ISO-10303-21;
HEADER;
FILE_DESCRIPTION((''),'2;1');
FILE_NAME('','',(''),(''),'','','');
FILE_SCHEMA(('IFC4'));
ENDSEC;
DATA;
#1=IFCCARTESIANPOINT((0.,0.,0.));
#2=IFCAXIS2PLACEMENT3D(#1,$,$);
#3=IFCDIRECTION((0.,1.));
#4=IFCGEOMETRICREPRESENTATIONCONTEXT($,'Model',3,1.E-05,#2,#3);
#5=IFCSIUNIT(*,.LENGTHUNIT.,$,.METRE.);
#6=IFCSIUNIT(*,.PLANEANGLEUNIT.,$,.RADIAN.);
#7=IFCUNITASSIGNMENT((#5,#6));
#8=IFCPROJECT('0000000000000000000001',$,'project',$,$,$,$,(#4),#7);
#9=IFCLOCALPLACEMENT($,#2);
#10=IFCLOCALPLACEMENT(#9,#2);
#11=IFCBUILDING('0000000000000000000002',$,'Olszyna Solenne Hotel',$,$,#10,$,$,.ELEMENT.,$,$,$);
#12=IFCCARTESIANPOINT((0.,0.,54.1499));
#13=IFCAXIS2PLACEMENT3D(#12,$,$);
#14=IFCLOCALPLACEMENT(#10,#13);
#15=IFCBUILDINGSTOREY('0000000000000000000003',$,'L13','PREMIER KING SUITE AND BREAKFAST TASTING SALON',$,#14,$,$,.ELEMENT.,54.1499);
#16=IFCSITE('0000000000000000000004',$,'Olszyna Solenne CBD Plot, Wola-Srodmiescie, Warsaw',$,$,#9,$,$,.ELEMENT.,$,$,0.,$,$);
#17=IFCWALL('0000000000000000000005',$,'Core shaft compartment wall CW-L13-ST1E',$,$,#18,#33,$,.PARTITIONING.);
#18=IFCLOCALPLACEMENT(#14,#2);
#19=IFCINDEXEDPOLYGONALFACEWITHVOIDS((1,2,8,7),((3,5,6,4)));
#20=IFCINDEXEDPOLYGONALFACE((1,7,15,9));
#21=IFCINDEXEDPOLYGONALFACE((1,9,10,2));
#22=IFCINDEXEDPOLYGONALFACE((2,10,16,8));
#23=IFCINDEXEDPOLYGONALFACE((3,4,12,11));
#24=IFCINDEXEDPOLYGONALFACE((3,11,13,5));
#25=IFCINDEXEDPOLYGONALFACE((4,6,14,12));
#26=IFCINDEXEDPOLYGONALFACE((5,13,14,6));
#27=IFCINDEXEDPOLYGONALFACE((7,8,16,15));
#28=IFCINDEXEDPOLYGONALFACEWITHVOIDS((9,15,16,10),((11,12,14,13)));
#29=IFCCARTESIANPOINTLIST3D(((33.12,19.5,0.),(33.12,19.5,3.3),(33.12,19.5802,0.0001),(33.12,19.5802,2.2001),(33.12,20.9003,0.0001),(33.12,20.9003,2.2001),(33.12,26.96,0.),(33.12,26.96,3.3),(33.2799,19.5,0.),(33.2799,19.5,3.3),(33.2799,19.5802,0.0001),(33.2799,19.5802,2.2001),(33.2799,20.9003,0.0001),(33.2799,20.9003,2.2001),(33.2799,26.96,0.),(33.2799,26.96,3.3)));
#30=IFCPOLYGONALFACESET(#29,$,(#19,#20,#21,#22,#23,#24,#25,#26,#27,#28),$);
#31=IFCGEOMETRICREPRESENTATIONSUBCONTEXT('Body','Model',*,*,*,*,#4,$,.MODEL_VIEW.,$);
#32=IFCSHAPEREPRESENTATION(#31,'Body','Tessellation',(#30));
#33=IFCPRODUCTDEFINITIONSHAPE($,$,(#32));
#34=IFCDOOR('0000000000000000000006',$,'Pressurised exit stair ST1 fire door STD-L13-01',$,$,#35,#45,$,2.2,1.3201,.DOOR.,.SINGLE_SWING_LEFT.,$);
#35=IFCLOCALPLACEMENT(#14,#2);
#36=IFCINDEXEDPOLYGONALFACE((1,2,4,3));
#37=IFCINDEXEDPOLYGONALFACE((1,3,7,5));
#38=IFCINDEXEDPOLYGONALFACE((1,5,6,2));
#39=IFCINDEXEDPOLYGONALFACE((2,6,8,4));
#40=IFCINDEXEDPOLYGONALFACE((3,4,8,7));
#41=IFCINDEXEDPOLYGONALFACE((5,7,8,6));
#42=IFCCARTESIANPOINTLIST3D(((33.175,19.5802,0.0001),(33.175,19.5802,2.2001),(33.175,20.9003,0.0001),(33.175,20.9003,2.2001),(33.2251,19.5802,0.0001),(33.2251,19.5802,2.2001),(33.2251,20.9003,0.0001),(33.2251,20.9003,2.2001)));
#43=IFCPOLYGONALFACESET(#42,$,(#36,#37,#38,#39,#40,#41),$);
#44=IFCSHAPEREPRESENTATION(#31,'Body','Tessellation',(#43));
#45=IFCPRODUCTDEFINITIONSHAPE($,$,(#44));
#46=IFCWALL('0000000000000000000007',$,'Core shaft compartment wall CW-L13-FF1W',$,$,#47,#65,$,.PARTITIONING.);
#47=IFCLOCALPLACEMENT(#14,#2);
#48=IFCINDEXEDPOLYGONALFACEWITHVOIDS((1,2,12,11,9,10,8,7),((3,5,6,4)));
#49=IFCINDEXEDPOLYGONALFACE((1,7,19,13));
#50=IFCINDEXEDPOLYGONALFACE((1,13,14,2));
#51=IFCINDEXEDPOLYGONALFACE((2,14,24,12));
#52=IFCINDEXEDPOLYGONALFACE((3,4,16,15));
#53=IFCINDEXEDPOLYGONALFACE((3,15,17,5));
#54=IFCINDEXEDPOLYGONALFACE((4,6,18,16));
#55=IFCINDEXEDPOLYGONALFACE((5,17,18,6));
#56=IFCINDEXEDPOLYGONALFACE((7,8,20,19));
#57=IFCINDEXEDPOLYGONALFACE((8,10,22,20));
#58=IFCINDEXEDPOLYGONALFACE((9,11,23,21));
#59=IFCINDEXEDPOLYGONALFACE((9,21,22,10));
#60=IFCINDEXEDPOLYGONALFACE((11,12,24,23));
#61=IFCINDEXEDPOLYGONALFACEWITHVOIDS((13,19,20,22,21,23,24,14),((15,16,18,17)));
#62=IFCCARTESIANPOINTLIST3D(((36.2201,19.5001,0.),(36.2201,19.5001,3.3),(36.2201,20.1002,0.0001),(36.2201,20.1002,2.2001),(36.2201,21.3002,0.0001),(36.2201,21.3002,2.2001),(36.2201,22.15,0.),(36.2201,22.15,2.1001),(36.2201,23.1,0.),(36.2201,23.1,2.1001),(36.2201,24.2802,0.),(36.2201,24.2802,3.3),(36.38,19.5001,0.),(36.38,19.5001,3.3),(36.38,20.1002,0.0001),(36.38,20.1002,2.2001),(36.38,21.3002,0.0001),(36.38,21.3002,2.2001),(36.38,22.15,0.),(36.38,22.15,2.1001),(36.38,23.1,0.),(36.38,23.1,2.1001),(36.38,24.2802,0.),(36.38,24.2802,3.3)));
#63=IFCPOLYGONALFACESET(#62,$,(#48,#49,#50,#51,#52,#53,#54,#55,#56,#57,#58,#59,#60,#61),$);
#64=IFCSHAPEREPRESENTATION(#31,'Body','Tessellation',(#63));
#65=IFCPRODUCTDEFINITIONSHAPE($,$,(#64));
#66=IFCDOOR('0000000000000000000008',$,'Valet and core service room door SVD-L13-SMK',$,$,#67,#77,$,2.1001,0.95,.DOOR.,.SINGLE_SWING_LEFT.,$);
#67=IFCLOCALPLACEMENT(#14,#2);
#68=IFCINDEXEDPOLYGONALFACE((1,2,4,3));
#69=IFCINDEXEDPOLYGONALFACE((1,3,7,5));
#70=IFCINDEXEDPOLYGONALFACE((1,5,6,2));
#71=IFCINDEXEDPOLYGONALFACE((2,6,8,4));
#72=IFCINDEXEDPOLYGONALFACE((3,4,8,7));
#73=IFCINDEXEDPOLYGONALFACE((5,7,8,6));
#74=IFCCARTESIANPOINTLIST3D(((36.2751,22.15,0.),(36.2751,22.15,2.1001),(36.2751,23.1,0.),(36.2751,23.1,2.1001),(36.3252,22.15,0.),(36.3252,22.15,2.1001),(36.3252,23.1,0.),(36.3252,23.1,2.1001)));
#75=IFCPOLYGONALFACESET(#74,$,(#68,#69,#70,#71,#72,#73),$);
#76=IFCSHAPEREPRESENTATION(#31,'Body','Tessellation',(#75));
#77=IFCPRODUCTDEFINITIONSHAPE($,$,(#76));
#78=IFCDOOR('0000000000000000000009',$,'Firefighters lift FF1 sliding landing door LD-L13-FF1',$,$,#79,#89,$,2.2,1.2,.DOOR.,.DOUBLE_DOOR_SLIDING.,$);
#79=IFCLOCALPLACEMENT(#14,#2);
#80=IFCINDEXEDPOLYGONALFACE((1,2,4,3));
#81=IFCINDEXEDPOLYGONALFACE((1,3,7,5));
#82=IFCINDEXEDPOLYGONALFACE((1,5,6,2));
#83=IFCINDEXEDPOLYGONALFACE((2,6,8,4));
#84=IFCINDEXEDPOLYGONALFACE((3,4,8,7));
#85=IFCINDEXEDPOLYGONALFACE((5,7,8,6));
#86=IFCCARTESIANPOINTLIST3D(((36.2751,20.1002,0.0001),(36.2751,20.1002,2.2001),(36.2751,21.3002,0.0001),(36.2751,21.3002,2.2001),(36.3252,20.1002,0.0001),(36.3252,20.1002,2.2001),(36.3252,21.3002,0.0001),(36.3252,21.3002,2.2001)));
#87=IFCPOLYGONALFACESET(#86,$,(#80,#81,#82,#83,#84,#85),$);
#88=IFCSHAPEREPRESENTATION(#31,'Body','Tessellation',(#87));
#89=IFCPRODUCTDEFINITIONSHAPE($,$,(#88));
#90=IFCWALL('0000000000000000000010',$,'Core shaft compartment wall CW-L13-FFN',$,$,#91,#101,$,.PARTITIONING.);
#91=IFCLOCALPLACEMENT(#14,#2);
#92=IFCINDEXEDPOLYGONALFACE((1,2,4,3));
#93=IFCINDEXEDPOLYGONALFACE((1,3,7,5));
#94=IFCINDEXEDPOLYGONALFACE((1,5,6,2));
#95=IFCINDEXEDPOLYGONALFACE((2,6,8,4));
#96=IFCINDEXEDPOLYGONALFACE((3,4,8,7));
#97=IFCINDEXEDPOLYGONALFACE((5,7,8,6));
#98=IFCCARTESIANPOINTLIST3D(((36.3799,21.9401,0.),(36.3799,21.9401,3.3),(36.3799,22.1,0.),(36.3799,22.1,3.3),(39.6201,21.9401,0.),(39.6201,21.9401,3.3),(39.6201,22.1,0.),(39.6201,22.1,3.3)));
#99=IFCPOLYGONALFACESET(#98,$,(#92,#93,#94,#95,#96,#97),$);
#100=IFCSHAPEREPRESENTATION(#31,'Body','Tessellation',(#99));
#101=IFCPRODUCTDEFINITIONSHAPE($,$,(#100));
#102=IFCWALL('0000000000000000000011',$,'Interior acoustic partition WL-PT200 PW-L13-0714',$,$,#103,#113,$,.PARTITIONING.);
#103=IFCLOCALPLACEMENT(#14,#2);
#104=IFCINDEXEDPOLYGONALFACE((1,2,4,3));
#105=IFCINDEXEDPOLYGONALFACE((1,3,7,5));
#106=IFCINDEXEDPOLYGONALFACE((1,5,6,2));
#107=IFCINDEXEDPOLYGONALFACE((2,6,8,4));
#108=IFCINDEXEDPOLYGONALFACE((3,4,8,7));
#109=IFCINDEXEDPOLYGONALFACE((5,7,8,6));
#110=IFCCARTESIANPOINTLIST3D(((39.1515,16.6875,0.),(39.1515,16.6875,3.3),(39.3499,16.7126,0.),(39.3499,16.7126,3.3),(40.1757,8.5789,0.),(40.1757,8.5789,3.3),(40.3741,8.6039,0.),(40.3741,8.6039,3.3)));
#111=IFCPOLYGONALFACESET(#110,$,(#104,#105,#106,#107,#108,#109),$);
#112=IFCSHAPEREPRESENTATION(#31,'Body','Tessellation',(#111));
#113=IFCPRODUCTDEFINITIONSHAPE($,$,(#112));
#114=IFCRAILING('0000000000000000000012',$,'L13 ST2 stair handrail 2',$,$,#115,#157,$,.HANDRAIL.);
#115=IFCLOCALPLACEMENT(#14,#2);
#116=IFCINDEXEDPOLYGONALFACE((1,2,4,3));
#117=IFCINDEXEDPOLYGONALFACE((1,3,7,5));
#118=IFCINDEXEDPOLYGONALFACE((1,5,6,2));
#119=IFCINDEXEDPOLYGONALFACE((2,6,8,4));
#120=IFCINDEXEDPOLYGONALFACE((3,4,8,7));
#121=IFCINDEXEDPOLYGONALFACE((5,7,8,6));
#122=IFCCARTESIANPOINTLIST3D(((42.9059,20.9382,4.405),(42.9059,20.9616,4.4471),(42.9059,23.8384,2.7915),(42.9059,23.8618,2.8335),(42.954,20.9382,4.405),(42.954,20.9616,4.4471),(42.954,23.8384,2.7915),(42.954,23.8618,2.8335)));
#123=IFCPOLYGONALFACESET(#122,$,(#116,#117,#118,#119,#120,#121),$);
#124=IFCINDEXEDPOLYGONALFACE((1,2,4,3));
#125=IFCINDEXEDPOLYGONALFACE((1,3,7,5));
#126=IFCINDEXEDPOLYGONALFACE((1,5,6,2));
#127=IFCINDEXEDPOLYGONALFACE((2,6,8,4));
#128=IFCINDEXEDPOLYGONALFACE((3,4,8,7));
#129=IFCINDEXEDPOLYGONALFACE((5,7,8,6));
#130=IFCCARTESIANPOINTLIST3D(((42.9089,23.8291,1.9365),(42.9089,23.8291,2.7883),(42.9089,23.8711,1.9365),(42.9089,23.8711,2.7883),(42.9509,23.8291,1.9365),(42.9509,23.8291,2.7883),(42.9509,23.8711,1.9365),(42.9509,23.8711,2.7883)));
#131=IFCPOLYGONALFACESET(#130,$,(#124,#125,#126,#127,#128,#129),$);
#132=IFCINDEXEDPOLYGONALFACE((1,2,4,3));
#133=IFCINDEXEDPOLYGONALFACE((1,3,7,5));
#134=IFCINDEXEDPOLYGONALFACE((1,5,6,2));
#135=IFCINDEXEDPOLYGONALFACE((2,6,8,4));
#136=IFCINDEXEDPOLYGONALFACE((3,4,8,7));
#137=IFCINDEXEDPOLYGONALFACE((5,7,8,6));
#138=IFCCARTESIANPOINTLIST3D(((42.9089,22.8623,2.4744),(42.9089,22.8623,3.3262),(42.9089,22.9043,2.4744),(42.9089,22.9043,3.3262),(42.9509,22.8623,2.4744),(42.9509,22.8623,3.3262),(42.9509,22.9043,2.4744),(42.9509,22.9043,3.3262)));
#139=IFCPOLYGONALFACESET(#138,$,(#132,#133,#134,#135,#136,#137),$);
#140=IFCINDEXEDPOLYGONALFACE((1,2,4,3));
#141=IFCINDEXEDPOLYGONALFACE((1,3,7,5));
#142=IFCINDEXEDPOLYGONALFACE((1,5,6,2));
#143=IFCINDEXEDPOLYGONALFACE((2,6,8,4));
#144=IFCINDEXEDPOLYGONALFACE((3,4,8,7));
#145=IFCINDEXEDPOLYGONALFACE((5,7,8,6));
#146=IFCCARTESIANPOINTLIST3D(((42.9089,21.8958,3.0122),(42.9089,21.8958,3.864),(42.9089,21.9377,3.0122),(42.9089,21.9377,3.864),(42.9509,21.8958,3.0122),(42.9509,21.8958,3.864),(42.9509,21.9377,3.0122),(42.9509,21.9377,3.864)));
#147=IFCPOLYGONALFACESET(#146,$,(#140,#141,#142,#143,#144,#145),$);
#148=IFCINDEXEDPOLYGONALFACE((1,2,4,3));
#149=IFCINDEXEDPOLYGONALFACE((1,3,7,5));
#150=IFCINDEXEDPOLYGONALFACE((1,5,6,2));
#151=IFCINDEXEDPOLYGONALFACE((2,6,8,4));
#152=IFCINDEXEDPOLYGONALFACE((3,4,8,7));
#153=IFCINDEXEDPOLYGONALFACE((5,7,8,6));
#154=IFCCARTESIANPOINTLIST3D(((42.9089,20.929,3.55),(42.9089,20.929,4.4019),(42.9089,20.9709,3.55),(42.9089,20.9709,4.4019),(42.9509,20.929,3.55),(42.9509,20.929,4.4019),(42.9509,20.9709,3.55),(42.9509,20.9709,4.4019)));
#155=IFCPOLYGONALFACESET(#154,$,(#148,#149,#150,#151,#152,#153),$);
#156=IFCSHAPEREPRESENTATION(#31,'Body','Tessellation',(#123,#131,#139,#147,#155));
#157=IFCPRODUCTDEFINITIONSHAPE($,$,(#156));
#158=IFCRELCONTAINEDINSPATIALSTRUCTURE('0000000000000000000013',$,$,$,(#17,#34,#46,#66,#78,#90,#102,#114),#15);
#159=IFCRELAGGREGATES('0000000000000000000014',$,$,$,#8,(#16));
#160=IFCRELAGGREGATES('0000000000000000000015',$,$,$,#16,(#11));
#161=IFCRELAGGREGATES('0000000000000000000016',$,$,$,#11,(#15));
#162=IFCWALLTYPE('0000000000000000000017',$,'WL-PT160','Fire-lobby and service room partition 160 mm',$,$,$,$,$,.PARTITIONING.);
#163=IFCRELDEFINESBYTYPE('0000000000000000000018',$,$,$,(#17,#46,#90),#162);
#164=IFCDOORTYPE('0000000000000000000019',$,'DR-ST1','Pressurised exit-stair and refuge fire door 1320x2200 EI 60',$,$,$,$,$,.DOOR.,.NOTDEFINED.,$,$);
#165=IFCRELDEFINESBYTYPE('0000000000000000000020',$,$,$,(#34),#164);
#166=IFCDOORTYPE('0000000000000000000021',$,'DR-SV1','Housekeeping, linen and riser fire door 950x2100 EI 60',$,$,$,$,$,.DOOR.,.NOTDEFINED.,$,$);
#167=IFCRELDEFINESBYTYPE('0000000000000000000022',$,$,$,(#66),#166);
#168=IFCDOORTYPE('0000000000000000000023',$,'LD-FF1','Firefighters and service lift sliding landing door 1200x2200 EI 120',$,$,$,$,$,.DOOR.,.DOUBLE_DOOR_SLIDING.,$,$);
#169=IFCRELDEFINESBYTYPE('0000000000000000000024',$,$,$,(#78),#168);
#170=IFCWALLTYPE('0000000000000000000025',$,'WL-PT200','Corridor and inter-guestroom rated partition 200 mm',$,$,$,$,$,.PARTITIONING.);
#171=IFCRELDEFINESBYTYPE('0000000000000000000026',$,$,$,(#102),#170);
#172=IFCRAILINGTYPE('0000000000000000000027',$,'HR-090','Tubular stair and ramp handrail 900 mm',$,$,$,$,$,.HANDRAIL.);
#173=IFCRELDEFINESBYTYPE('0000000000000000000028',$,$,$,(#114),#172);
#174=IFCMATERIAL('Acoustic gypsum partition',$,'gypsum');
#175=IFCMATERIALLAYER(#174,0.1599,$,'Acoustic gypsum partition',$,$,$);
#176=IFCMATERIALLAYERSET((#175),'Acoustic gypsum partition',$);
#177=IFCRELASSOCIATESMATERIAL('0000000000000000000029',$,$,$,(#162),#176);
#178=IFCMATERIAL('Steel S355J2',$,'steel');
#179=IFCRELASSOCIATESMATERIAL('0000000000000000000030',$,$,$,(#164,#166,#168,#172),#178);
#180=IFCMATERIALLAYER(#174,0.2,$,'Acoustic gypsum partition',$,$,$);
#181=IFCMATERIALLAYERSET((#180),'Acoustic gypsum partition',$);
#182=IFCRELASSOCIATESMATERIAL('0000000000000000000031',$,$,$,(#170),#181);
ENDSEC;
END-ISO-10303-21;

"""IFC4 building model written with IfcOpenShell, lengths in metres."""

from ifc_helpers import new_model, si_unit, direction, frame, frame_2d, origin, origin_2d, place, context, subcontext, project, spatial, rectangle, extrude, source, transform, mapped, material, layer, layer_set, type_object, type_shapes, element, fill, save


model = new_model("IFC4")

# Units and contexts
model_context = context("Model", 3, precision=1e-05, world=origin(), true_north=direction((0.0, 1.0)))
body_context = subcontext(model_context, "Body", "Model", "MODEL_VIEW")
ifc_project = project(units=[si_unit("LENGTHUNIT", "METRE"), si_unit("PLANEANGLEUNIT", "RADIAN")], contexts=[model_context])

# Site, building, storey
site_placement = place(None, origin())
site = spatial("IfcSite", under=ifc_project, at=site_placement, Name="Olszyna Solenne CBD Plot, Wola-Srodmiescie, Warsaw", CompositionType="ELEMENT", RefElevation=0.0)
building_placement = place(site_placement, origin())
building = spatial("IfcBuilding", under=site, at=building_placement, Name="Olszyna Solenne Hotel", CompositionType="ELEMENT")
storey_placement = place(building_placement, frame((0.0, 0.0, 54.1499)))
storey = spatial("IfcBuildingStorey", under=building, at=storey_placement, Name="L13", Description="PREMIER KING SUITE AND BREAKFAST TASTING SALON", CompositionType="ELEMENT", Elevation=54.1499)

# Shared definitions
ifc_material_1 = material(Name="Steel S355J2", Category="steel")

# Shared definitions
ifc_material_2 = material(Name="Acoustic gypsum partition", Category="gypsum")

# Wall, opening, door
ifc_layer_1 = layer(ifc_material_2, 0.1599, Name="Acoustic gypsum partition")
ifc_layer_set_1 = layer_set([ifc_layer_1], Name="Acoustic gypsum partition")
wall_type_1 = type_object("IfcWallType", Name="WL-PT160", Description="Fire-lobby and service room partition 160 mm", PredefinedType="PARTITIONING", material=ifc_layer_set_1)
wall_1_placement = place(storey_placement, frame((33.2, 19.5, 0.0), z_axis=(0.0, 0.0, 1.0), x_axis=(0.0, 1.0, 0.0)))
wall_1 = element("IfcWall", 1, at=wall_1_placement, inside=storey, type_object=wall_type_1, Name="Core shaft compartment wall CW-L13-ST1E", PredefinedType="PARTITIONING", context=body_context, shape_type="SweptSolid", body=[
    extrude(rectangle(XDim=7.46, YDim=0.1599, at=frame_2d((3.73, 0.0))), origin(), (0.0, 0.0, 1.0), 3.3),
])
opening_1_placement = place(wall_1_placement, frame((0.0801, 0.0, 0.0)))
opening_1 = element("IfcOpeningElement", 2, at=opening_1_placement, cuts=wall_1, PredefinedType="OPENING", context=body_context, shape_type="SweptSolid", body=[
    extrude(rectangle(XDim=1.3201, YDim=2.2, at=frame_2d((0.6602, 1.1001))), frame((0.0, 0.0898, 0.0), z_axis=(0.0, -1.0, 0.0), x_axis=(1.0, 0.0, 0.0)), (0.0, 0.0, 1.0), 0.1799),
])
door_type_1 = type_object("IfcDoorType", Name="DR-ST1", Description="Pressurised exit-stair and refuge fire door 1320x2200 EI 60", OperationType="NOTDEFINED", PredefinedType="DOOR", material=ifc_material_1)
shared_shape_1 = source(origin(), body_context, "Body", "SweptSolid", [
    extrude(rectangle(XDim=1.3201, YDim=2.2, at=frame_2d((0.6602, 1.1001))), frame((0.0, 0.0249, 0.0), z_axis=(0.0, -1.0, 0.0), x_axis=(1.0, 0.0, 0.0)), (0.0, 0.0, 1.0), 0.05),
])
type_shapes(door_type_1, [shared_shape_1])
door_1_placement = place(opening_1_placement, origin())
door_1 = element("IfcDoor", 3, at=door_1_placement, inside=storey, type_object=door_type_1, Name="Pressurised exit stair ST1 fire door STD-L13-01", OperationType="SINGLE_SWING_LEFT", OverallHeight=2.2, OverallWidth=1.3201, PredefinedType="DOOR", context=body_context, shape_type="MappedRepresentation", body=[
    mapped(shared_shape_1, transform((0.0, 0.0, 0.0), x_axis=(1.0, 0.0, 0.0), y_axis=(0.0, 1.0, 0.0), z_axis=(0.0, 0.0, 1.0), scale=1.0)),
])
fill(opening_1, door_1)

# Wall, openings, doors
wall_2_placement = place(storey_placement, frame((36.3, 19.5, 0.0), z_axis=(0.0, 0.0, 1.0), x_axis=(0.0, 1.0, 0.0)))
wall_2 = element("IfcWall", 4, at=wall_2_placement, inside=storey, type_object=wall_type_1, Name="Core shaft compartment wall CW-L13-FF1W", PredefinedType="PARTITIONING", context=body_context, shape_type="SweptSolid", body=[
    extrude(rectangle(XDim=4.78, YDim=0.1599, at=frame_2d((2.3901, 0.0))), origin(), (0.0, 0.0, 1.0), 3.3),
])
opening_2_placement = place(wall_2_placement, frame((0.6001, 0.0, 0.0)))
opening_2 = element("IfcOpeningElement", 5, at=opening_2_placement, cuts=wall_2, PredefinedType="OPENING", context=body_context, shape_type="SweptSolid", body=[
    extrude(rectangle(XDim=1.2, YDim=2.2, at=frame_2d((0.6001, 1.1001))), frame((0.0, 0.0898, 0.0), z_axis=(0.0, -1.0, 0.0), x_axis=(1.0, 0.0, 0.0)), (0.0, 0.0, 1.0), 0.1799),
])
opening_3_placement = place(wall_2_placement, frame((2.6499, 0.0, 0.0)))
opening_3 = element("IfcOpeningElement", 6, at=opening_3_placement, cuts=wall_2, PredefinedType="OPENING", context=body_context, shape_type="SweptSolid", body=[
    extrude(rectangle(XDim=0.95, YDim=2.1001, at=frame_2d((0.4751, 1.05))), frame((0.0, 0.0898, 0.0), z_axis=(0.0, -1.0, 0.0), x_axis=(1.0, 0.0, 0.0)), (0.0, 0.0, 1.0), 0.1799),
])
door_type_2 = type_object("IfcDoorType", Name="DR-SV1", Description="Housekeeping, linen and riser fire door 950x2100 EI 60", OperationType="NOTDEFINED", PredefinedType="DOOR", material=ifc_material_1)
shared_shape_2 = source(origin(), body_context, "Body", "SweptSolid", [
    extrude(rectangle(XDim=0.95, YDim=2.1001, at=frame_2d((0.4751, 1.05))), frame((0.0, 0.0249, 0.0), z_axis=(0.0, -1.0, 0.0), x_axis=(1.0, 0.0, 0.0)), (0.0, 0.0, 1.0), 0.05),
])
type_shapes(door_type_2, [shared_shape_2])
door_2_placement = place(opening_3_placement, origin())
door_2 = element("IfcDoor", 7, at=door_2_placement, inside=storey, type_object=door_type_2, Name="Valet and core service room door SVD-L13-SMK", OperationType="SINGLE_SWING_LEFT", OverallHeight=2.1001, OverallWidth=0.95, PredefinedType="DOOR", context=body_context, shape_type="MappedRepresentation", body=[
    mapped(shared_shape_2, transform((0.0, 0.0, 0.0), x_axis=(1.0, 0.0, 0.0), y_axis=(0.0, 1.0, 0.0), z_axis=(0.0, 0.0, 1.0), scale=1.0)),
])
fill(opening_3, door_2)
door_type_3 = type_object("IfcDoorType", Name="LD-FF1", Description="Firefighters and service lift sliding landing door 1200x2200 EI 120", OperationType="DOUBLE_DOOR_SLIDING", PredefinedType="DOOR", material=ifc_material_1)
shared_shape_3 = source(origin(), body_context, "Body", "SweptSolid", [
    extrude(rectangle(XDim=1.2, YDim=2.2, at=frame_2d((0.6001, 1.1001))), frame((0.0, 0.0249, 0.0), z_axis=(0.0, -1.0, 0.0), x_axis=(1.0, 0.0, 0.0)), (0.0, 0.0, 1.0), 0.05),
])
type_shapes(door_type_3, [shared_shape_3])
door_3_placement = place(opening_2_placement, origin())
door_3 = element("IfcDoor", 8, at=door_3_placement, inside=storey, type_object=door_type_3, Name="Firefighters lift FF1 sliding landing door LD-L13-FF1", OperationType="DOUBLE_DOOR_SLIDING", OverallHeight=2.2, OverallWidth=1.2, PredefinedType="DOOR", context=body_context, shape_type="MappedRepresentation", body=[
    mapped(shared_shape_3, transform((0.0, 0.0, 0.0), x_axis=(1.0, 0.0, 0.0), y_axis=(0.0, 1.0, 0.0), z_axis=(0.0, 0.0, 1.0), scale=1.0)),
])
fill(opening_2, door_3)

# Walls
wall_3_placement = place(storey_placement, frame((36.3799, 22.02, 0.0), z_axis=(0.0, 0.0, 1.0), x_axis=(1.0, 0.0, 0.0)))
element("IfcWall", 9, at=wall_3_placement, inside=storey, type_object=wall_type_1, Name="Core shaft compartment wall CW-L13-FFN", PredefinedType="PARTITIONING", context=body_context, shape_type="SweptSolid", body=[
    extrude(rectangle(XDim=3.2402, YDim=0.1599, at=frame_2d((1.6201, 0.0))), origin(), (0.0, 0.0, 1.0), 3.3),
])
ifc_layer_2 = layer(ifc_material_2, 0.2, Name="Acoustic gypsum partition")
ifc_layer_set_2 = layer_set([ifc_layer_2], Name="Acoustic gypsum partition")
wall_type_2 = type_object("IfcWallType", Name="WL-PT200", Description="Corridor and inter-guestroom rated partition 200 mm", PredefinedType="PARTITIONING", material=ifc_layer_set_2)
wall_4_placement = place(storey_placement, frame((39.2507, 16.7, 0.0), z_axis=(0.0, 0.0, 1.0), x_axis=(0.12531, -0.992118, 0.0)))
element("IfcWall", 10, at=wall_4_placement, inside=storey, type_object=wall_type_2, Name="Interior acoustic partition WL-PT200 PW-L13-0714", PredefinedType="PARTITIONING", context=body_context, shape_type="SweptSolid", body=[
    extrude(rectangle(XDim=8.1731, YDim=0.2, at=frame_2d((4.0864, 0.0))), origin(), (0.0, 0.0, 1.0), 3.3),
])

# Railing
railing_type = type_object("IfcRailingType", Name="HR-090", Description="Tubular stair and ramp handrail 900 mm", PredefinedType="HANDRAIL", material=ifc_material_1)
railing_placement = place(storey_placement, frame((42.9299, 23.8501, 1.9365)))
element("IfcRailing", 11, at=railing_placement, inside=storey, type_object=railing_type, Name="L13 ST2 stair handrail 2", PredefinedType="HANDRAIL", context=body_context, shape_type="SweptSolid", body=[
    extrude(rectangle(XDim=0.0481, YDim=0.0481, at=origin_2d()), frame((0.0, 0.0, 0.876), z_axis=(0.0, -0.873859, 0.48618), x_axis=(1.0, 0.0, 0.0)), (0.0, 0.0, 1.0), 3.3188),
    extrude(rectangle(XDim=0.042, YDim=0.042, at=origin_2d()), origin(), (0.0, 0.0, 1.0), 0.8518),
    extrude(rectangle(XDim=0.042, YDim=0.042, at=origin_2d()), frame((0.0, -0.9668, 0.5378)), (0.0, 0.0, 1.0), 0.8518),
    extrude(rectangle(XDim=0.042, YDim=0.042, at=origin_2d()), frame((0.0, -1.9333, 1.0757)), (0.0, 0.0, 1.0), 0.8518),
    extrude(rectangle(XDim=0.042, YDim=0.042, at=origin_2d()), frame((0.0, -2.9001, 1.6135)), (0.0, 0.0, 1.0), 0.8518),
])

save(model, "model.ifc")
